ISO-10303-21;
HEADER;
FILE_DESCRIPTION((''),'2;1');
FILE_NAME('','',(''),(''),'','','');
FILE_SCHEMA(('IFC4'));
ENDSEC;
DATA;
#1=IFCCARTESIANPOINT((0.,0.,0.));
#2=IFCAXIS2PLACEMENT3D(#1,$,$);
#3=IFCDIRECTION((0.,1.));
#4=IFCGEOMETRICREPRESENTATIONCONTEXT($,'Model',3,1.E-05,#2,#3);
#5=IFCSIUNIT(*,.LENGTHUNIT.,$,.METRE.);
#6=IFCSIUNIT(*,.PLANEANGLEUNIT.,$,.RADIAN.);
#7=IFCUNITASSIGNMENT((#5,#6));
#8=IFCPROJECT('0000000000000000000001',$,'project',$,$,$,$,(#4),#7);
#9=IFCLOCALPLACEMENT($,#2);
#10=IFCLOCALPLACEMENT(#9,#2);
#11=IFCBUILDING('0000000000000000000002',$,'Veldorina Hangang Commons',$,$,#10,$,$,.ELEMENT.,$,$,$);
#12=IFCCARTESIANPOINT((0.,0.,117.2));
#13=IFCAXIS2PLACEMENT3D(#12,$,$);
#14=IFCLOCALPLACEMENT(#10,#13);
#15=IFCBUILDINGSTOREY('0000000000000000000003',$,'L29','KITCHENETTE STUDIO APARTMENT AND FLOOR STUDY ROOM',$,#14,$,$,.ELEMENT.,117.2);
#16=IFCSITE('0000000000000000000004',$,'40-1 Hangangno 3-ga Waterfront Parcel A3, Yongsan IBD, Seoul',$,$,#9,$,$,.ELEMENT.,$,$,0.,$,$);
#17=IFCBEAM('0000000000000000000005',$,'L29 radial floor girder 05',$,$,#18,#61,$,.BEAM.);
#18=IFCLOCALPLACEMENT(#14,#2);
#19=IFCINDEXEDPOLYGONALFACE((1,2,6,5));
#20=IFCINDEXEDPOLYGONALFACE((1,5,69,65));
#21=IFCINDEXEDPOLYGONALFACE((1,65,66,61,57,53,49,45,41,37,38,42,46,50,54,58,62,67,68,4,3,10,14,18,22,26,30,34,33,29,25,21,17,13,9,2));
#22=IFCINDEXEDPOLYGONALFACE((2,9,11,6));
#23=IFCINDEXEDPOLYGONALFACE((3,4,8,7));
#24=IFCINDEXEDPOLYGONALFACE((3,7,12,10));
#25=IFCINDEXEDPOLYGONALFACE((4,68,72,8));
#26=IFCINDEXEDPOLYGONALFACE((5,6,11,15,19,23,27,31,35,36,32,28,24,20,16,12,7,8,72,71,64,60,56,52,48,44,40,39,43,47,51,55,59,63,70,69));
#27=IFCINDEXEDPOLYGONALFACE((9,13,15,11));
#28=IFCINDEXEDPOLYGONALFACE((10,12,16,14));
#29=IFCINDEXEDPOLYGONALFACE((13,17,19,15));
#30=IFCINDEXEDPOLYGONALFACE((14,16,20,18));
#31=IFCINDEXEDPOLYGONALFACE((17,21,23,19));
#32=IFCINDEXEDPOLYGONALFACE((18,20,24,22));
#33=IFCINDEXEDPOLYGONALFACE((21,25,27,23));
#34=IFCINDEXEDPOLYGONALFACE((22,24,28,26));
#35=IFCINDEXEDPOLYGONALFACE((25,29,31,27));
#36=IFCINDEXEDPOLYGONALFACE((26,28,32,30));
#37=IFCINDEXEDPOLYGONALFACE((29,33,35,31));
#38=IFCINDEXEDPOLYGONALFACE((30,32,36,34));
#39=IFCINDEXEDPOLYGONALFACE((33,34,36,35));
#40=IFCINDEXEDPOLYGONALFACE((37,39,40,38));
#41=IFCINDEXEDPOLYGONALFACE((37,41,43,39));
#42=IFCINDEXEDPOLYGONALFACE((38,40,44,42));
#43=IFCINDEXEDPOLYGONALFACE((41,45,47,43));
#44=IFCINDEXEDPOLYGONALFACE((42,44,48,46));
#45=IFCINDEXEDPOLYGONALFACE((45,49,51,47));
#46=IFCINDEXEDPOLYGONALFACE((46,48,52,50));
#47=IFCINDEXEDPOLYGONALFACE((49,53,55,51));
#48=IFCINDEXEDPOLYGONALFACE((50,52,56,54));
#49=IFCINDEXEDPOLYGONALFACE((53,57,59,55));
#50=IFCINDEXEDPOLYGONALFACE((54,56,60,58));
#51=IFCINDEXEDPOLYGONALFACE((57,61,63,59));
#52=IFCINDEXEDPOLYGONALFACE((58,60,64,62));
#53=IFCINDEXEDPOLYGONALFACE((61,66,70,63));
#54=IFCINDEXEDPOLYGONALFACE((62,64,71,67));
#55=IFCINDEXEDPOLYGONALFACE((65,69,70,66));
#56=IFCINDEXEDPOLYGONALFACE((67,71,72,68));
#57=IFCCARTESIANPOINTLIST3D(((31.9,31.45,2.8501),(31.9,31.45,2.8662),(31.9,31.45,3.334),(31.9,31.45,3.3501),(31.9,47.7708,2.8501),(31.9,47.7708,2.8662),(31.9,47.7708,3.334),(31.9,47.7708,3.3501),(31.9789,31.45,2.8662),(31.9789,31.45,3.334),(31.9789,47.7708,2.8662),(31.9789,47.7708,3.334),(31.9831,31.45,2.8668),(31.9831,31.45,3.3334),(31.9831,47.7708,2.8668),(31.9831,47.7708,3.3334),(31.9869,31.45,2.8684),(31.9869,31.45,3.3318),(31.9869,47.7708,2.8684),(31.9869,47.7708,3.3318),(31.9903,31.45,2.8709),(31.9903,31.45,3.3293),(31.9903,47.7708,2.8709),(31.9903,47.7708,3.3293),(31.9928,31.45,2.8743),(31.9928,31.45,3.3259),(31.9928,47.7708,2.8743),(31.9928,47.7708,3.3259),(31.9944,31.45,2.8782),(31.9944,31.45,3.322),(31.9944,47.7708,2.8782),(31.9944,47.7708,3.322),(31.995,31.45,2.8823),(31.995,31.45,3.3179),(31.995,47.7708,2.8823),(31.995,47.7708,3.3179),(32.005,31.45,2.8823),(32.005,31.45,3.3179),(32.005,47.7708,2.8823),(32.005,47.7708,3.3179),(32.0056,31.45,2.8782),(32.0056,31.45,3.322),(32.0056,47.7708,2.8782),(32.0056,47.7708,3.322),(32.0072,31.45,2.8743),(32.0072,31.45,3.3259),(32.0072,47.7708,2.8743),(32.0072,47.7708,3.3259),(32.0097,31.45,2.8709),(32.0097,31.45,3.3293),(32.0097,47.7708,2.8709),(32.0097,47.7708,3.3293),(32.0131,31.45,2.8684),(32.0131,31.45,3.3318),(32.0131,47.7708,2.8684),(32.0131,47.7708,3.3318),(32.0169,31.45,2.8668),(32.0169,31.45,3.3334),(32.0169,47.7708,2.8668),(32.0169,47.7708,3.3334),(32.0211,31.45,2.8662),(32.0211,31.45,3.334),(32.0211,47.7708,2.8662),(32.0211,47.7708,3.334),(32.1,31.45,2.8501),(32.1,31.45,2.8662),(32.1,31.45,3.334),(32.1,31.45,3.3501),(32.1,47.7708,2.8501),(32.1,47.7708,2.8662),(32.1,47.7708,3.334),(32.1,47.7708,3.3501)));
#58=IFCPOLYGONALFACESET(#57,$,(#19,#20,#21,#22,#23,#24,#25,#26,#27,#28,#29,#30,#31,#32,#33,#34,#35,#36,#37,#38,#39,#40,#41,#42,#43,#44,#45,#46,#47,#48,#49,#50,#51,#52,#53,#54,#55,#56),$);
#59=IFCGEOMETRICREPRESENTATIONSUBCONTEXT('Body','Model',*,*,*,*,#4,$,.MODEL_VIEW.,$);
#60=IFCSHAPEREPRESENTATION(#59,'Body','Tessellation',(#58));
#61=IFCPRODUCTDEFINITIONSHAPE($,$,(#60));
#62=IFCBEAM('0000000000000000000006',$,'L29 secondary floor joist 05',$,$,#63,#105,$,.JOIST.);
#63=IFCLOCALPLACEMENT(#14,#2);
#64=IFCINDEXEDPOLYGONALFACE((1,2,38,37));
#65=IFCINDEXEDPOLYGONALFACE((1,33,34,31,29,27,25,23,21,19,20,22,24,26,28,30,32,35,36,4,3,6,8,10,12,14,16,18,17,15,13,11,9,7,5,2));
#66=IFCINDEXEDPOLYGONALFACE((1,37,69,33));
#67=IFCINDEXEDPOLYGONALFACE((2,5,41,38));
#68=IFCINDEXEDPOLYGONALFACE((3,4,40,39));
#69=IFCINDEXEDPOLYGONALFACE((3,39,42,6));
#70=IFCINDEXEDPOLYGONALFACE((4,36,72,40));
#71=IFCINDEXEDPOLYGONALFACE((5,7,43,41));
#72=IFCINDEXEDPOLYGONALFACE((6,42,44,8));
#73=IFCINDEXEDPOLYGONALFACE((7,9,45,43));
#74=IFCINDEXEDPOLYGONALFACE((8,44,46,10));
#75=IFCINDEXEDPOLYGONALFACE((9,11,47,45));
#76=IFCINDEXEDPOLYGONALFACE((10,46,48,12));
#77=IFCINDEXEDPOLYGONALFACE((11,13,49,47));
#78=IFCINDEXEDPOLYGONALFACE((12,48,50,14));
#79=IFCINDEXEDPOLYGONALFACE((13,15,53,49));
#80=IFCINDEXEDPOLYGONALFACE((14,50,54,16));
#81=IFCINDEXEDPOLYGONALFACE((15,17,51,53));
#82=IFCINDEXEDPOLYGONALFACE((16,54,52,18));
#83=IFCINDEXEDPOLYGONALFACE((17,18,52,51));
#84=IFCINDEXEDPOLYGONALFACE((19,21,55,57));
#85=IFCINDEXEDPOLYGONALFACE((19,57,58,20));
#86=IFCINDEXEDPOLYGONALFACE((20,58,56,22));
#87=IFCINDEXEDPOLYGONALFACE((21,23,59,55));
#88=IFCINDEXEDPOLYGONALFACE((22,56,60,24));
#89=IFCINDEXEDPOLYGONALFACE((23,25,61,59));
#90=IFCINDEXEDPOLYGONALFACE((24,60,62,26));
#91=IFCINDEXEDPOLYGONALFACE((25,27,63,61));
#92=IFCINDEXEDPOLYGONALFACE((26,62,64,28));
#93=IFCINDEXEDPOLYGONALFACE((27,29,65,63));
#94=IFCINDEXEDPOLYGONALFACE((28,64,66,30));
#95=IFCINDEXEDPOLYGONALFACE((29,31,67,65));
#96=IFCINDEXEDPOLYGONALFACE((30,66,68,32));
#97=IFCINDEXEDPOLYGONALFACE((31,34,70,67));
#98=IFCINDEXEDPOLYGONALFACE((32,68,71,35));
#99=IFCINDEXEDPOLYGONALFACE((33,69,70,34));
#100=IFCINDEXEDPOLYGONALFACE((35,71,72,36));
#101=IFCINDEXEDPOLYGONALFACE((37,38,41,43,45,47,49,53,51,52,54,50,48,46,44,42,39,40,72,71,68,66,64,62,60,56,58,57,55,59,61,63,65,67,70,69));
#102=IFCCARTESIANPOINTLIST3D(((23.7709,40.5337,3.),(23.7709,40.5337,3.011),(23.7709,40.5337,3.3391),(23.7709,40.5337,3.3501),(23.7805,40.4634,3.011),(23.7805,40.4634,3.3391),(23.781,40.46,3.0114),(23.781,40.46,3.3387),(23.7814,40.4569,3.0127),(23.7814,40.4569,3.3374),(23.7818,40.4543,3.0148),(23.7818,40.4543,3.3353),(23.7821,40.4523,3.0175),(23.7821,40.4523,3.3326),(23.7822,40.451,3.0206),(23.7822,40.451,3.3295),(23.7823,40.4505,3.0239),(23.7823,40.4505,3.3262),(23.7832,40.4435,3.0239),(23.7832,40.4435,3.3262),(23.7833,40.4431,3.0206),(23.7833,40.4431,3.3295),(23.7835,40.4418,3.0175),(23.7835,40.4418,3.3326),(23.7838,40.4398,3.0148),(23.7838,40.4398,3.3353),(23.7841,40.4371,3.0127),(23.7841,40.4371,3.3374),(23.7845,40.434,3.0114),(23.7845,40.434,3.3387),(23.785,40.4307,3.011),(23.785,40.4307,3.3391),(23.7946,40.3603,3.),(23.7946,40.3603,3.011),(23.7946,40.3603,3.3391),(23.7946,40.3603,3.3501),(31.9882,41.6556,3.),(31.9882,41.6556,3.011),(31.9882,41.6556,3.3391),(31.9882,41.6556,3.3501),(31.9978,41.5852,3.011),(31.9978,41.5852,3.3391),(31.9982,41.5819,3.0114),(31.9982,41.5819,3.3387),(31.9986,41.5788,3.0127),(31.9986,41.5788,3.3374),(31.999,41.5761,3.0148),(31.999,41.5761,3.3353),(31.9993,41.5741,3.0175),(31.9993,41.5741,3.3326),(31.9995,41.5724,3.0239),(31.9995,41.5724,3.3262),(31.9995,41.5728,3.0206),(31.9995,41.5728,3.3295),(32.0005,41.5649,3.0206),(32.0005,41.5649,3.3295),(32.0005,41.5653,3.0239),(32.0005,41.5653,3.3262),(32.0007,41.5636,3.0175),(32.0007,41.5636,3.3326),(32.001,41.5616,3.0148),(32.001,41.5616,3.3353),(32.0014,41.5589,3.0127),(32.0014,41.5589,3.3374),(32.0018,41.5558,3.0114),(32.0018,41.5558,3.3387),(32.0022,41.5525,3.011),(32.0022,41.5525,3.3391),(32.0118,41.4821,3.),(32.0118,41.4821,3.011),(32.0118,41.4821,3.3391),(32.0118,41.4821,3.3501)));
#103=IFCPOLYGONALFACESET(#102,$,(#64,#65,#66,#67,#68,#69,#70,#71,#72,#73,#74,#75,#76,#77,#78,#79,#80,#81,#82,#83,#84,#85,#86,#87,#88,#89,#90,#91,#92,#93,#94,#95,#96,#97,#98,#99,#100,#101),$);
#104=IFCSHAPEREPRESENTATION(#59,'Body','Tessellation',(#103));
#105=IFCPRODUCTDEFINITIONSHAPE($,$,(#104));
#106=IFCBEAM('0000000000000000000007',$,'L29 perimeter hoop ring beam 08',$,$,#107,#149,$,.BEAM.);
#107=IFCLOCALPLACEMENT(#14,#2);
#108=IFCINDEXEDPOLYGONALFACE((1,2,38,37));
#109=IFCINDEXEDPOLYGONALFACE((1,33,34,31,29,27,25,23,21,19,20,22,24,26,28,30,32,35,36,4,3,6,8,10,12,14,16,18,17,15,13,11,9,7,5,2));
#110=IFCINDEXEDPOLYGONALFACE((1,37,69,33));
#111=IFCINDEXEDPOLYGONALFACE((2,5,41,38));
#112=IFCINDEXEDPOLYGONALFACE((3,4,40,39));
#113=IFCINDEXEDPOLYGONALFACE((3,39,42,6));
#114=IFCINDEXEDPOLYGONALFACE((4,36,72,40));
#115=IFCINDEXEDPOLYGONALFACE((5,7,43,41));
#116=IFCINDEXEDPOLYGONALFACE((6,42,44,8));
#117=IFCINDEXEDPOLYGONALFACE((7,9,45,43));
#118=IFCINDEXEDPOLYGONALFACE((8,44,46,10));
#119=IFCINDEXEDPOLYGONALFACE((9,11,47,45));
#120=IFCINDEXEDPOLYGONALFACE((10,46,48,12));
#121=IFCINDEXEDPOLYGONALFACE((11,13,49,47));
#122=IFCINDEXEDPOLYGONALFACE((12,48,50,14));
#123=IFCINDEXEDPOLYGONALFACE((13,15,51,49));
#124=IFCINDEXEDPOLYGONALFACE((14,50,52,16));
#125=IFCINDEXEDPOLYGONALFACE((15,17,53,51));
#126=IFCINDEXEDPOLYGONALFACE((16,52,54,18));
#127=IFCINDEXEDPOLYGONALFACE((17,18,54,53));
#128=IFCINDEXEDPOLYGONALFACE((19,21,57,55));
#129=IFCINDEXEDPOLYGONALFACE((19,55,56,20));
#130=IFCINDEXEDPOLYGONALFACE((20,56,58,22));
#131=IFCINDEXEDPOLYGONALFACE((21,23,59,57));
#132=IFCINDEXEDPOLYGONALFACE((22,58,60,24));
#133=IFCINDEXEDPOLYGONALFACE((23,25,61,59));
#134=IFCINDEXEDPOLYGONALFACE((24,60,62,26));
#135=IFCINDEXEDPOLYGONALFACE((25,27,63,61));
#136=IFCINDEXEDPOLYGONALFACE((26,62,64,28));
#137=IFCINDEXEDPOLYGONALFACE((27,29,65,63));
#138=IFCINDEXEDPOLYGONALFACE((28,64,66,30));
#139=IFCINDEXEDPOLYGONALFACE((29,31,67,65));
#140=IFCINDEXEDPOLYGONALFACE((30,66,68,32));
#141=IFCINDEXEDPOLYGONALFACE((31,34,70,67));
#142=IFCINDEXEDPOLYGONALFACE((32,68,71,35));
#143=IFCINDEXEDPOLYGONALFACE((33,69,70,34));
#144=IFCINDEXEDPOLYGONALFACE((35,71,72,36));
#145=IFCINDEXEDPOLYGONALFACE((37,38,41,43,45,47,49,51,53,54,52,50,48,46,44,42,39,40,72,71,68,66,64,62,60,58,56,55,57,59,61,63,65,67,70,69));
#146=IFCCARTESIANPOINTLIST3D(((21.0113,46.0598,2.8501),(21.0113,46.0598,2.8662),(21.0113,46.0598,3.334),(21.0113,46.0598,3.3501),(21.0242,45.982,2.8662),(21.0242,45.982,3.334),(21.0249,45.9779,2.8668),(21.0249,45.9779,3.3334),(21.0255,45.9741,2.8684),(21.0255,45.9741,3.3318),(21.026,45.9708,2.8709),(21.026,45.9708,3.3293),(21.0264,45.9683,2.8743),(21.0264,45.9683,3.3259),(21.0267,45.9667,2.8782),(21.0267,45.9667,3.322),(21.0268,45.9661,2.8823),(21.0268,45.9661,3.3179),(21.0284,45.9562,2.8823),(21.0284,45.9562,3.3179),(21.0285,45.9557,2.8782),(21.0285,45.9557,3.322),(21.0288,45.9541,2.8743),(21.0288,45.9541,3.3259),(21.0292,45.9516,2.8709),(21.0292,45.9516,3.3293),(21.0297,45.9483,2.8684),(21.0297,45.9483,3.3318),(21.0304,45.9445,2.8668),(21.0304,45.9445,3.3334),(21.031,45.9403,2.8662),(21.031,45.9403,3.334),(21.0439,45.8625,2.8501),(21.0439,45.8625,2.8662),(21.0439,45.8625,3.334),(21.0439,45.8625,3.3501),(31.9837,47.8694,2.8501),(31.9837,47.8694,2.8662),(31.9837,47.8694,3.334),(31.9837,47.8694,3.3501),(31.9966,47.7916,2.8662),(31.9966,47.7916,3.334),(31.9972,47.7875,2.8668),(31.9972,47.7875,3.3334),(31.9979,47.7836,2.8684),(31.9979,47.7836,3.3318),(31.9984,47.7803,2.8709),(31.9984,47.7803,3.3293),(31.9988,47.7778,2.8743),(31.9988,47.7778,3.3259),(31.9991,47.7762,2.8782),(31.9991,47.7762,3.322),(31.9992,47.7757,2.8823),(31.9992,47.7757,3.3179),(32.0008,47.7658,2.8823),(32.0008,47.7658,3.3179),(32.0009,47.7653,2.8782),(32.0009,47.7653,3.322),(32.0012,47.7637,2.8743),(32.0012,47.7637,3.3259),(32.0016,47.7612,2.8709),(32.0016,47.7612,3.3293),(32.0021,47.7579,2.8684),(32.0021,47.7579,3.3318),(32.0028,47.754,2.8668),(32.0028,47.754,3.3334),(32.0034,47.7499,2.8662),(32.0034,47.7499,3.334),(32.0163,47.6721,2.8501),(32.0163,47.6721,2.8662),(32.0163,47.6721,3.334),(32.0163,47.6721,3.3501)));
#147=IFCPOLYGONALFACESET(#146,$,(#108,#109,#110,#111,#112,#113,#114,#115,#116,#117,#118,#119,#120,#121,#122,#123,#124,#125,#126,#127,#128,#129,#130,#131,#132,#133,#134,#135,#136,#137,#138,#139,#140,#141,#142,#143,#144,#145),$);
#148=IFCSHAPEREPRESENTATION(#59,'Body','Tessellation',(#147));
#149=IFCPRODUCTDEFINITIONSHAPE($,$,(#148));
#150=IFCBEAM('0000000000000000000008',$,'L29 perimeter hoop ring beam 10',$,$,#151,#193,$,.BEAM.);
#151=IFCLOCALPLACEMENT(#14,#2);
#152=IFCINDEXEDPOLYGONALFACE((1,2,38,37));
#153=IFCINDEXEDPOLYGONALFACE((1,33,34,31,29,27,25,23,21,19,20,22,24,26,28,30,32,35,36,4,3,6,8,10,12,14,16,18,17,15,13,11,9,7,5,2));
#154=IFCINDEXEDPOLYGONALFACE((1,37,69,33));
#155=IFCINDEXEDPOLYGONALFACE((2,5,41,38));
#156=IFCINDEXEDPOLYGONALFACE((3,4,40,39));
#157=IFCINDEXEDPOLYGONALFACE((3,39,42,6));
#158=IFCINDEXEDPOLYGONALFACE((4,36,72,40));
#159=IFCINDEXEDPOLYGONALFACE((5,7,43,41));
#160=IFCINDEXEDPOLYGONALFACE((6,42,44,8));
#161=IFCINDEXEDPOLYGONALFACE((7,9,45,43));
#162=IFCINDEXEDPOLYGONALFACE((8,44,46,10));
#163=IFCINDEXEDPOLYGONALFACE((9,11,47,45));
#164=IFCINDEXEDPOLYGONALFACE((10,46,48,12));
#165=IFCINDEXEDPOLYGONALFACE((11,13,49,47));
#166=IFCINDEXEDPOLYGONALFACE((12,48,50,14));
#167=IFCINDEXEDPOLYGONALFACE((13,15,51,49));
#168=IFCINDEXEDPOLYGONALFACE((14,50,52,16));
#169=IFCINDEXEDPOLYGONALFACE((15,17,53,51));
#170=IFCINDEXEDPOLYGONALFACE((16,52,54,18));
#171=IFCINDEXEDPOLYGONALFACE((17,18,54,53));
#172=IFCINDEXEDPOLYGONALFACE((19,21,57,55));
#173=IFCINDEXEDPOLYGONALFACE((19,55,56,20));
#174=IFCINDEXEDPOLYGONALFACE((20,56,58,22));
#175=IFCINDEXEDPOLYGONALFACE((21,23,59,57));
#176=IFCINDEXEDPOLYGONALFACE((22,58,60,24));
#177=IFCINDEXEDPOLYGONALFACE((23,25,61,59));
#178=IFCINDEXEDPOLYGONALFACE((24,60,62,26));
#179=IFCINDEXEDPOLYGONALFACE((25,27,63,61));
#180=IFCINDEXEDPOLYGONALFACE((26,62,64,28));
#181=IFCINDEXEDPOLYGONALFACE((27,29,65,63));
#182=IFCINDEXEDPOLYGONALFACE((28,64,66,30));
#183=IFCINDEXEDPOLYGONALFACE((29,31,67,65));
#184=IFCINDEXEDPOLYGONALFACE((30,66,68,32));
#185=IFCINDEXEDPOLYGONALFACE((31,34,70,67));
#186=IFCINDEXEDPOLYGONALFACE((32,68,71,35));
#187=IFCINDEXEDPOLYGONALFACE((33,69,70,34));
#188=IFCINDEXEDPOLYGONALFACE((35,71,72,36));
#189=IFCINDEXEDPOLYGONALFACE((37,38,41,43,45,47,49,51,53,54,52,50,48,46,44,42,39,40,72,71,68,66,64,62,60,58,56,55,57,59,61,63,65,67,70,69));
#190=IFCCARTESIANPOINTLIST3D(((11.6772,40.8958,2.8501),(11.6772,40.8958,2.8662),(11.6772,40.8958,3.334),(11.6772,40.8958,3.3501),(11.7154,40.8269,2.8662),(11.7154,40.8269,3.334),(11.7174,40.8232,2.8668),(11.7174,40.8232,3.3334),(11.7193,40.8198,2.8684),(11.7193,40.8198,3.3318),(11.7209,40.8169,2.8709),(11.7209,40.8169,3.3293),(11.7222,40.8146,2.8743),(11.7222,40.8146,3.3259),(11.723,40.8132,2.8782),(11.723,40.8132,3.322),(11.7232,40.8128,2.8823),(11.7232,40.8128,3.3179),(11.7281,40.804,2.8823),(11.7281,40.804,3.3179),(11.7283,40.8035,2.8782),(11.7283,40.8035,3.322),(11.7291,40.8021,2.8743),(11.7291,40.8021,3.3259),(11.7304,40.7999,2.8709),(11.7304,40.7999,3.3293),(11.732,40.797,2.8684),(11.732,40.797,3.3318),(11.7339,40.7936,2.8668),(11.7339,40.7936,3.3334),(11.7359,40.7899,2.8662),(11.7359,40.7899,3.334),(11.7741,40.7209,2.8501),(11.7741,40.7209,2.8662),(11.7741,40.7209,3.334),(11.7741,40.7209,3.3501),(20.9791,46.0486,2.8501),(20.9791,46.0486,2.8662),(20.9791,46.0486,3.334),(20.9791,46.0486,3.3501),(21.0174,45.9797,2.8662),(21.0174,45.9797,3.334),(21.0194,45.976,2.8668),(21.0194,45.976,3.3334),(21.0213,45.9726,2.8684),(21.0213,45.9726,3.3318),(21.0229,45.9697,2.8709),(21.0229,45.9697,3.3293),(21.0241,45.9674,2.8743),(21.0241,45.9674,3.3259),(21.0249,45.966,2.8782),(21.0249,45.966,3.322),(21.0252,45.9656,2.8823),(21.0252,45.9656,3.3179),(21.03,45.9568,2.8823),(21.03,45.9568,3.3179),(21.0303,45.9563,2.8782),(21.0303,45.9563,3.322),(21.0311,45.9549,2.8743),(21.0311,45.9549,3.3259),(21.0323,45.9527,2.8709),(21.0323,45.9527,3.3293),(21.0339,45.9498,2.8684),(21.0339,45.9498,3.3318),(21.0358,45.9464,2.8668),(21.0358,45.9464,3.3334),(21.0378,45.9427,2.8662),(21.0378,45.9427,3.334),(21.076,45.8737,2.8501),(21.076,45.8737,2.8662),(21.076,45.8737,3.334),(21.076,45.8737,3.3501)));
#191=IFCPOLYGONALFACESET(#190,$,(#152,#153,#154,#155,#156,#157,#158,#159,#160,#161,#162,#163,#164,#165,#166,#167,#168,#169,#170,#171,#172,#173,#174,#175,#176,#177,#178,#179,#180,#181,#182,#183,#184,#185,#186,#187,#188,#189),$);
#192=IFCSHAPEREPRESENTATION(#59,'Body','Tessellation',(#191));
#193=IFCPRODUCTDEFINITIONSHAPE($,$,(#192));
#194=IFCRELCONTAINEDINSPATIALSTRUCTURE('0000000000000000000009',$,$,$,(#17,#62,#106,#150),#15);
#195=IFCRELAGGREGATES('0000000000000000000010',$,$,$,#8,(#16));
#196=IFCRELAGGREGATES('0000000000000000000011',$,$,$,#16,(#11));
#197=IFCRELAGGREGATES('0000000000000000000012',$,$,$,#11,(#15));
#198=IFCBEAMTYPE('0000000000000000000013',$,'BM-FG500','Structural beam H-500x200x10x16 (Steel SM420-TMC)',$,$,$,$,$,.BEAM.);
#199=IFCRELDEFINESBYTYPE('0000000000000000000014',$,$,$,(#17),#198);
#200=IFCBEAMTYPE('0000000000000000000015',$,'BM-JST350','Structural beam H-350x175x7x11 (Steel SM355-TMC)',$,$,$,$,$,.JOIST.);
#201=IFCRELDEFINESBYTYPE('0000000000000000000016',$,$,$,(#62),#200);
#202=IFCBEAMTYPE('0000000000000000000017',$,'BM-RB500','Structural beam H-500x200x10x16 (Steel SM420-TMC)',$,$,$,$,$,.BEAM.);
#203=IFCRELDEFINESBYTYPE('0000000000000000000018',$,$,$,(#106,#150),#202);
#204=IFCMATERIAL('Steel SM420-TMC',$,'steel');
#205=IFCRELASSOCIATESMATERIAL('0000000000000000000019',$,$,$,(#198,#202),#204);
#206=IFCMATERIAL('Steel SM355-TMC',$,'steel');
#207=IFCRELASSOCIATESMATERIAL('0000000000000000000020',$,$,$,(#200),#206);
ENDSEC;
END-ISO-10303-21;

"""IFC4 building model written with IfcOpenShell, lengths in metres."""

from ifc_helpers import new_model, si_unit, direction, frame, origin, origin_2d, place, context, subcontext, project, spatial, i_section, extrude, material, material_profile, profile_set, type_object, element, save


model = new_model("IFC4")

# Units and contexts
model_context = context("Model", 3, precision=1e-05, world=origin(), true_north=direction((0.0, 1.0)))
body_context = subcontext(model_context, "Body", "Model", "MODEL_VIEW")
ifc_project = project(units=[si_unit("LENGTHUNIT", "METRE"), si_unit("PLANEANGLEUNIT", "RADIAN")], contexts=[model_context])

# Site, building, storey
site_placement = place(None, origin())
site = spatial("IfcSite", under=ifc_project, at=site_placement, Name="40-1 Hangangno 3-ga Waterfront Parcel A3, Yongsan IBD, Seoul", CompositionType="ELEMENT", RefElevation=0.0)
building_placement = place(site_placement, origin())
building = spatial("IfcBuilding", under=site, at=building_placement, Name="Veldorina Hangang Commons", CompositionType="ELEMENT")
storey_placement = place(building_placement, frame((0.0, 0.0, 117.2)))
storey = spatial("IfcBuildingStorey", under=building, at=storey_placement, Name="L29", Description="KITCHENETTE STUDIO APARTMENT AND FLOOR STUDY ROOM", CompositionType="ELEMENT", Elevation=117.2)

# Beams
ifc_material_1 = material(Name="Steel SM420-TMC", Category="steel")
ifc_material_profile_1 = material_profile(ifc_material_1, i_section(OverallWidth=0.2, OverallDepth=0.5, WebThickness=0.01, FlangeThickness=0.0161, FilletRadius=0.0161, at=origin_2d()), Name="H-500x200x10x16")
ifc_profile_set_1 = profile_set([ifc_material_profile_1], Name="Steel SM420-TMC")
beam_type_1 = type_object("IfcBeamType", Name="BM-FG500", Description="Structural beam H-500x200x10x16 (Steel SM420-TMC)", PredefinedType="BEAM", material=ifc_profile_set_1)
beam_1_placement = place(storey_placement, frame((32.0, 31.45, 3.1001), z_axis=(0.0, 1.0, 0.0), x_axis=(-1.0, 0.0, 0.0)))
element("IfcBeam", 1, at=beam_1_placement, inside=storey, type_object=beam_type_1, Name="L29 radial floor girder 05", PredefinedType="BEAM", context=body_context, shape_type="SweptSolid", body=[
    extrude(i_section(OverallWidth=0.2, OverallDepth=0.5, WebThickness=0.01, FlangeThickness=0.0161, FilletRadius=0.0161, at=origin_2d()), origin(), (0.0, 0.0, 1.0), 16.3208),
])
ifc_material_2 = material(Name="Steel SM355-TMC", Category="steel")
ifc_material_profile_2 = material_profile(ifc_material_2, i_section(OverallWidth=0.175, OverallDepth=0.3501, WebThickness=0.0071, FlangeThickness=0.011, FilletRadius=0.0129, at=origin_2d()), Name="H-350x175x7x11")
ifc_profile_set_2 = profile_set([ifc_material_profile_2], Name="Steel SM355-TMC")
beam_type_2 = type_object("IfcBeamType", Name="BM-JST350", Description="Structural beam H-350x175x7x11 (Steel SM355-TMC)", PredefinedType="JOIST", material=ifc_profile_set_2)
beam_2_placement = place(storey_placement, frame((32.0, 41.5688, 3.175), z_axis=(-0.990809, -0.135266, 0.0), x_axis=(0.135266, -0.990809, 0.0)))
element("IfcBeam", 2, at=beam_2_placement, inside=storey, type_object=beam_type_2, Name="L29 secondary floor joist 05", PredefinedType="JOIST", context=body_context, shape_type="SweptSolid", body=[
    extrude(i_section(OverallWidth=0.175, OverallDepth=0.3501, WebThickness=0.0071, FlangeThickness=0.011, FilletRadius=0.0129, at=origin_2d()), origin(), (0.0, 0.0, 1.0), 8.2935),
])
ifc_material_profile_3 = material_profile(ifc_material_1, i_section(OverallWidth=0.2, OverallDepth=0.5, WebThickness=0.01, FlangeThickness=0.0161, FilletRadius=0.0161, at=origin_2d()), Name="H-500x200x10x16")
ifc_profile_set_3 = profile_set([ifc_material_profile_3], Name="Steel SM420-TMC")
beam_type_3 = type_object("IfcBeamType", Name="BM-RB500", Description="Structural beam H-500x200x10x16 (Steel SM420-TMC)", PredefinedType="BEAM", material=ifc_profile_set_3)
beam_3_placement = place(storey_placement, frame((32.0, 47.7708, 3.1001), z_axis=(-0.986672, -0.162722, 0.0), x_axis=(0.162722, -0.986672, 0.0)))
element("IfcBeam", 3, at=beam_3_placement, inside=storey, type_object=beam_type_3, Name="L29 perimeter hoop ring beam 08", PredefinedType="BEAM", context=body_context, shape_type="SweptSolid", body=[
    extrude(i_section(OverallWidth=0.2, OverallDepth=0.5, WebThickness=0.01, FlangeThickness=0.0161, FilletRadius=0.0161, at=origin_2d()), origin(), (0.0, 0.0, 1.0), 11.1206),
])
beam_4_placement = place(storey_placement, frame((21.0276, 45.9612, 3.1001), z_axis=(-0.874753, -0.484568, 0.0), x_axis=(0.484568, -0.874753, 0.0)))
element("IfcBeam", 4, at=beam_4_placement, inside=storey, type_object=beam_type_3, Name="L29 perimeter hoop ring beam 10", PredefinedType="BEAM", context=body_context, shape_type="SweptSolid", body=[
    extrude(i_section(OverallWidth=0.2, OverallDepth=0.5, WebThickness=0.01, FlangeThickness=0.0161, FilletRadius=0.0161, at=origin_2d()), origin(), (0.0, 0.0, 1.0), 10.6338),
])

save(model, "model.ifc")
